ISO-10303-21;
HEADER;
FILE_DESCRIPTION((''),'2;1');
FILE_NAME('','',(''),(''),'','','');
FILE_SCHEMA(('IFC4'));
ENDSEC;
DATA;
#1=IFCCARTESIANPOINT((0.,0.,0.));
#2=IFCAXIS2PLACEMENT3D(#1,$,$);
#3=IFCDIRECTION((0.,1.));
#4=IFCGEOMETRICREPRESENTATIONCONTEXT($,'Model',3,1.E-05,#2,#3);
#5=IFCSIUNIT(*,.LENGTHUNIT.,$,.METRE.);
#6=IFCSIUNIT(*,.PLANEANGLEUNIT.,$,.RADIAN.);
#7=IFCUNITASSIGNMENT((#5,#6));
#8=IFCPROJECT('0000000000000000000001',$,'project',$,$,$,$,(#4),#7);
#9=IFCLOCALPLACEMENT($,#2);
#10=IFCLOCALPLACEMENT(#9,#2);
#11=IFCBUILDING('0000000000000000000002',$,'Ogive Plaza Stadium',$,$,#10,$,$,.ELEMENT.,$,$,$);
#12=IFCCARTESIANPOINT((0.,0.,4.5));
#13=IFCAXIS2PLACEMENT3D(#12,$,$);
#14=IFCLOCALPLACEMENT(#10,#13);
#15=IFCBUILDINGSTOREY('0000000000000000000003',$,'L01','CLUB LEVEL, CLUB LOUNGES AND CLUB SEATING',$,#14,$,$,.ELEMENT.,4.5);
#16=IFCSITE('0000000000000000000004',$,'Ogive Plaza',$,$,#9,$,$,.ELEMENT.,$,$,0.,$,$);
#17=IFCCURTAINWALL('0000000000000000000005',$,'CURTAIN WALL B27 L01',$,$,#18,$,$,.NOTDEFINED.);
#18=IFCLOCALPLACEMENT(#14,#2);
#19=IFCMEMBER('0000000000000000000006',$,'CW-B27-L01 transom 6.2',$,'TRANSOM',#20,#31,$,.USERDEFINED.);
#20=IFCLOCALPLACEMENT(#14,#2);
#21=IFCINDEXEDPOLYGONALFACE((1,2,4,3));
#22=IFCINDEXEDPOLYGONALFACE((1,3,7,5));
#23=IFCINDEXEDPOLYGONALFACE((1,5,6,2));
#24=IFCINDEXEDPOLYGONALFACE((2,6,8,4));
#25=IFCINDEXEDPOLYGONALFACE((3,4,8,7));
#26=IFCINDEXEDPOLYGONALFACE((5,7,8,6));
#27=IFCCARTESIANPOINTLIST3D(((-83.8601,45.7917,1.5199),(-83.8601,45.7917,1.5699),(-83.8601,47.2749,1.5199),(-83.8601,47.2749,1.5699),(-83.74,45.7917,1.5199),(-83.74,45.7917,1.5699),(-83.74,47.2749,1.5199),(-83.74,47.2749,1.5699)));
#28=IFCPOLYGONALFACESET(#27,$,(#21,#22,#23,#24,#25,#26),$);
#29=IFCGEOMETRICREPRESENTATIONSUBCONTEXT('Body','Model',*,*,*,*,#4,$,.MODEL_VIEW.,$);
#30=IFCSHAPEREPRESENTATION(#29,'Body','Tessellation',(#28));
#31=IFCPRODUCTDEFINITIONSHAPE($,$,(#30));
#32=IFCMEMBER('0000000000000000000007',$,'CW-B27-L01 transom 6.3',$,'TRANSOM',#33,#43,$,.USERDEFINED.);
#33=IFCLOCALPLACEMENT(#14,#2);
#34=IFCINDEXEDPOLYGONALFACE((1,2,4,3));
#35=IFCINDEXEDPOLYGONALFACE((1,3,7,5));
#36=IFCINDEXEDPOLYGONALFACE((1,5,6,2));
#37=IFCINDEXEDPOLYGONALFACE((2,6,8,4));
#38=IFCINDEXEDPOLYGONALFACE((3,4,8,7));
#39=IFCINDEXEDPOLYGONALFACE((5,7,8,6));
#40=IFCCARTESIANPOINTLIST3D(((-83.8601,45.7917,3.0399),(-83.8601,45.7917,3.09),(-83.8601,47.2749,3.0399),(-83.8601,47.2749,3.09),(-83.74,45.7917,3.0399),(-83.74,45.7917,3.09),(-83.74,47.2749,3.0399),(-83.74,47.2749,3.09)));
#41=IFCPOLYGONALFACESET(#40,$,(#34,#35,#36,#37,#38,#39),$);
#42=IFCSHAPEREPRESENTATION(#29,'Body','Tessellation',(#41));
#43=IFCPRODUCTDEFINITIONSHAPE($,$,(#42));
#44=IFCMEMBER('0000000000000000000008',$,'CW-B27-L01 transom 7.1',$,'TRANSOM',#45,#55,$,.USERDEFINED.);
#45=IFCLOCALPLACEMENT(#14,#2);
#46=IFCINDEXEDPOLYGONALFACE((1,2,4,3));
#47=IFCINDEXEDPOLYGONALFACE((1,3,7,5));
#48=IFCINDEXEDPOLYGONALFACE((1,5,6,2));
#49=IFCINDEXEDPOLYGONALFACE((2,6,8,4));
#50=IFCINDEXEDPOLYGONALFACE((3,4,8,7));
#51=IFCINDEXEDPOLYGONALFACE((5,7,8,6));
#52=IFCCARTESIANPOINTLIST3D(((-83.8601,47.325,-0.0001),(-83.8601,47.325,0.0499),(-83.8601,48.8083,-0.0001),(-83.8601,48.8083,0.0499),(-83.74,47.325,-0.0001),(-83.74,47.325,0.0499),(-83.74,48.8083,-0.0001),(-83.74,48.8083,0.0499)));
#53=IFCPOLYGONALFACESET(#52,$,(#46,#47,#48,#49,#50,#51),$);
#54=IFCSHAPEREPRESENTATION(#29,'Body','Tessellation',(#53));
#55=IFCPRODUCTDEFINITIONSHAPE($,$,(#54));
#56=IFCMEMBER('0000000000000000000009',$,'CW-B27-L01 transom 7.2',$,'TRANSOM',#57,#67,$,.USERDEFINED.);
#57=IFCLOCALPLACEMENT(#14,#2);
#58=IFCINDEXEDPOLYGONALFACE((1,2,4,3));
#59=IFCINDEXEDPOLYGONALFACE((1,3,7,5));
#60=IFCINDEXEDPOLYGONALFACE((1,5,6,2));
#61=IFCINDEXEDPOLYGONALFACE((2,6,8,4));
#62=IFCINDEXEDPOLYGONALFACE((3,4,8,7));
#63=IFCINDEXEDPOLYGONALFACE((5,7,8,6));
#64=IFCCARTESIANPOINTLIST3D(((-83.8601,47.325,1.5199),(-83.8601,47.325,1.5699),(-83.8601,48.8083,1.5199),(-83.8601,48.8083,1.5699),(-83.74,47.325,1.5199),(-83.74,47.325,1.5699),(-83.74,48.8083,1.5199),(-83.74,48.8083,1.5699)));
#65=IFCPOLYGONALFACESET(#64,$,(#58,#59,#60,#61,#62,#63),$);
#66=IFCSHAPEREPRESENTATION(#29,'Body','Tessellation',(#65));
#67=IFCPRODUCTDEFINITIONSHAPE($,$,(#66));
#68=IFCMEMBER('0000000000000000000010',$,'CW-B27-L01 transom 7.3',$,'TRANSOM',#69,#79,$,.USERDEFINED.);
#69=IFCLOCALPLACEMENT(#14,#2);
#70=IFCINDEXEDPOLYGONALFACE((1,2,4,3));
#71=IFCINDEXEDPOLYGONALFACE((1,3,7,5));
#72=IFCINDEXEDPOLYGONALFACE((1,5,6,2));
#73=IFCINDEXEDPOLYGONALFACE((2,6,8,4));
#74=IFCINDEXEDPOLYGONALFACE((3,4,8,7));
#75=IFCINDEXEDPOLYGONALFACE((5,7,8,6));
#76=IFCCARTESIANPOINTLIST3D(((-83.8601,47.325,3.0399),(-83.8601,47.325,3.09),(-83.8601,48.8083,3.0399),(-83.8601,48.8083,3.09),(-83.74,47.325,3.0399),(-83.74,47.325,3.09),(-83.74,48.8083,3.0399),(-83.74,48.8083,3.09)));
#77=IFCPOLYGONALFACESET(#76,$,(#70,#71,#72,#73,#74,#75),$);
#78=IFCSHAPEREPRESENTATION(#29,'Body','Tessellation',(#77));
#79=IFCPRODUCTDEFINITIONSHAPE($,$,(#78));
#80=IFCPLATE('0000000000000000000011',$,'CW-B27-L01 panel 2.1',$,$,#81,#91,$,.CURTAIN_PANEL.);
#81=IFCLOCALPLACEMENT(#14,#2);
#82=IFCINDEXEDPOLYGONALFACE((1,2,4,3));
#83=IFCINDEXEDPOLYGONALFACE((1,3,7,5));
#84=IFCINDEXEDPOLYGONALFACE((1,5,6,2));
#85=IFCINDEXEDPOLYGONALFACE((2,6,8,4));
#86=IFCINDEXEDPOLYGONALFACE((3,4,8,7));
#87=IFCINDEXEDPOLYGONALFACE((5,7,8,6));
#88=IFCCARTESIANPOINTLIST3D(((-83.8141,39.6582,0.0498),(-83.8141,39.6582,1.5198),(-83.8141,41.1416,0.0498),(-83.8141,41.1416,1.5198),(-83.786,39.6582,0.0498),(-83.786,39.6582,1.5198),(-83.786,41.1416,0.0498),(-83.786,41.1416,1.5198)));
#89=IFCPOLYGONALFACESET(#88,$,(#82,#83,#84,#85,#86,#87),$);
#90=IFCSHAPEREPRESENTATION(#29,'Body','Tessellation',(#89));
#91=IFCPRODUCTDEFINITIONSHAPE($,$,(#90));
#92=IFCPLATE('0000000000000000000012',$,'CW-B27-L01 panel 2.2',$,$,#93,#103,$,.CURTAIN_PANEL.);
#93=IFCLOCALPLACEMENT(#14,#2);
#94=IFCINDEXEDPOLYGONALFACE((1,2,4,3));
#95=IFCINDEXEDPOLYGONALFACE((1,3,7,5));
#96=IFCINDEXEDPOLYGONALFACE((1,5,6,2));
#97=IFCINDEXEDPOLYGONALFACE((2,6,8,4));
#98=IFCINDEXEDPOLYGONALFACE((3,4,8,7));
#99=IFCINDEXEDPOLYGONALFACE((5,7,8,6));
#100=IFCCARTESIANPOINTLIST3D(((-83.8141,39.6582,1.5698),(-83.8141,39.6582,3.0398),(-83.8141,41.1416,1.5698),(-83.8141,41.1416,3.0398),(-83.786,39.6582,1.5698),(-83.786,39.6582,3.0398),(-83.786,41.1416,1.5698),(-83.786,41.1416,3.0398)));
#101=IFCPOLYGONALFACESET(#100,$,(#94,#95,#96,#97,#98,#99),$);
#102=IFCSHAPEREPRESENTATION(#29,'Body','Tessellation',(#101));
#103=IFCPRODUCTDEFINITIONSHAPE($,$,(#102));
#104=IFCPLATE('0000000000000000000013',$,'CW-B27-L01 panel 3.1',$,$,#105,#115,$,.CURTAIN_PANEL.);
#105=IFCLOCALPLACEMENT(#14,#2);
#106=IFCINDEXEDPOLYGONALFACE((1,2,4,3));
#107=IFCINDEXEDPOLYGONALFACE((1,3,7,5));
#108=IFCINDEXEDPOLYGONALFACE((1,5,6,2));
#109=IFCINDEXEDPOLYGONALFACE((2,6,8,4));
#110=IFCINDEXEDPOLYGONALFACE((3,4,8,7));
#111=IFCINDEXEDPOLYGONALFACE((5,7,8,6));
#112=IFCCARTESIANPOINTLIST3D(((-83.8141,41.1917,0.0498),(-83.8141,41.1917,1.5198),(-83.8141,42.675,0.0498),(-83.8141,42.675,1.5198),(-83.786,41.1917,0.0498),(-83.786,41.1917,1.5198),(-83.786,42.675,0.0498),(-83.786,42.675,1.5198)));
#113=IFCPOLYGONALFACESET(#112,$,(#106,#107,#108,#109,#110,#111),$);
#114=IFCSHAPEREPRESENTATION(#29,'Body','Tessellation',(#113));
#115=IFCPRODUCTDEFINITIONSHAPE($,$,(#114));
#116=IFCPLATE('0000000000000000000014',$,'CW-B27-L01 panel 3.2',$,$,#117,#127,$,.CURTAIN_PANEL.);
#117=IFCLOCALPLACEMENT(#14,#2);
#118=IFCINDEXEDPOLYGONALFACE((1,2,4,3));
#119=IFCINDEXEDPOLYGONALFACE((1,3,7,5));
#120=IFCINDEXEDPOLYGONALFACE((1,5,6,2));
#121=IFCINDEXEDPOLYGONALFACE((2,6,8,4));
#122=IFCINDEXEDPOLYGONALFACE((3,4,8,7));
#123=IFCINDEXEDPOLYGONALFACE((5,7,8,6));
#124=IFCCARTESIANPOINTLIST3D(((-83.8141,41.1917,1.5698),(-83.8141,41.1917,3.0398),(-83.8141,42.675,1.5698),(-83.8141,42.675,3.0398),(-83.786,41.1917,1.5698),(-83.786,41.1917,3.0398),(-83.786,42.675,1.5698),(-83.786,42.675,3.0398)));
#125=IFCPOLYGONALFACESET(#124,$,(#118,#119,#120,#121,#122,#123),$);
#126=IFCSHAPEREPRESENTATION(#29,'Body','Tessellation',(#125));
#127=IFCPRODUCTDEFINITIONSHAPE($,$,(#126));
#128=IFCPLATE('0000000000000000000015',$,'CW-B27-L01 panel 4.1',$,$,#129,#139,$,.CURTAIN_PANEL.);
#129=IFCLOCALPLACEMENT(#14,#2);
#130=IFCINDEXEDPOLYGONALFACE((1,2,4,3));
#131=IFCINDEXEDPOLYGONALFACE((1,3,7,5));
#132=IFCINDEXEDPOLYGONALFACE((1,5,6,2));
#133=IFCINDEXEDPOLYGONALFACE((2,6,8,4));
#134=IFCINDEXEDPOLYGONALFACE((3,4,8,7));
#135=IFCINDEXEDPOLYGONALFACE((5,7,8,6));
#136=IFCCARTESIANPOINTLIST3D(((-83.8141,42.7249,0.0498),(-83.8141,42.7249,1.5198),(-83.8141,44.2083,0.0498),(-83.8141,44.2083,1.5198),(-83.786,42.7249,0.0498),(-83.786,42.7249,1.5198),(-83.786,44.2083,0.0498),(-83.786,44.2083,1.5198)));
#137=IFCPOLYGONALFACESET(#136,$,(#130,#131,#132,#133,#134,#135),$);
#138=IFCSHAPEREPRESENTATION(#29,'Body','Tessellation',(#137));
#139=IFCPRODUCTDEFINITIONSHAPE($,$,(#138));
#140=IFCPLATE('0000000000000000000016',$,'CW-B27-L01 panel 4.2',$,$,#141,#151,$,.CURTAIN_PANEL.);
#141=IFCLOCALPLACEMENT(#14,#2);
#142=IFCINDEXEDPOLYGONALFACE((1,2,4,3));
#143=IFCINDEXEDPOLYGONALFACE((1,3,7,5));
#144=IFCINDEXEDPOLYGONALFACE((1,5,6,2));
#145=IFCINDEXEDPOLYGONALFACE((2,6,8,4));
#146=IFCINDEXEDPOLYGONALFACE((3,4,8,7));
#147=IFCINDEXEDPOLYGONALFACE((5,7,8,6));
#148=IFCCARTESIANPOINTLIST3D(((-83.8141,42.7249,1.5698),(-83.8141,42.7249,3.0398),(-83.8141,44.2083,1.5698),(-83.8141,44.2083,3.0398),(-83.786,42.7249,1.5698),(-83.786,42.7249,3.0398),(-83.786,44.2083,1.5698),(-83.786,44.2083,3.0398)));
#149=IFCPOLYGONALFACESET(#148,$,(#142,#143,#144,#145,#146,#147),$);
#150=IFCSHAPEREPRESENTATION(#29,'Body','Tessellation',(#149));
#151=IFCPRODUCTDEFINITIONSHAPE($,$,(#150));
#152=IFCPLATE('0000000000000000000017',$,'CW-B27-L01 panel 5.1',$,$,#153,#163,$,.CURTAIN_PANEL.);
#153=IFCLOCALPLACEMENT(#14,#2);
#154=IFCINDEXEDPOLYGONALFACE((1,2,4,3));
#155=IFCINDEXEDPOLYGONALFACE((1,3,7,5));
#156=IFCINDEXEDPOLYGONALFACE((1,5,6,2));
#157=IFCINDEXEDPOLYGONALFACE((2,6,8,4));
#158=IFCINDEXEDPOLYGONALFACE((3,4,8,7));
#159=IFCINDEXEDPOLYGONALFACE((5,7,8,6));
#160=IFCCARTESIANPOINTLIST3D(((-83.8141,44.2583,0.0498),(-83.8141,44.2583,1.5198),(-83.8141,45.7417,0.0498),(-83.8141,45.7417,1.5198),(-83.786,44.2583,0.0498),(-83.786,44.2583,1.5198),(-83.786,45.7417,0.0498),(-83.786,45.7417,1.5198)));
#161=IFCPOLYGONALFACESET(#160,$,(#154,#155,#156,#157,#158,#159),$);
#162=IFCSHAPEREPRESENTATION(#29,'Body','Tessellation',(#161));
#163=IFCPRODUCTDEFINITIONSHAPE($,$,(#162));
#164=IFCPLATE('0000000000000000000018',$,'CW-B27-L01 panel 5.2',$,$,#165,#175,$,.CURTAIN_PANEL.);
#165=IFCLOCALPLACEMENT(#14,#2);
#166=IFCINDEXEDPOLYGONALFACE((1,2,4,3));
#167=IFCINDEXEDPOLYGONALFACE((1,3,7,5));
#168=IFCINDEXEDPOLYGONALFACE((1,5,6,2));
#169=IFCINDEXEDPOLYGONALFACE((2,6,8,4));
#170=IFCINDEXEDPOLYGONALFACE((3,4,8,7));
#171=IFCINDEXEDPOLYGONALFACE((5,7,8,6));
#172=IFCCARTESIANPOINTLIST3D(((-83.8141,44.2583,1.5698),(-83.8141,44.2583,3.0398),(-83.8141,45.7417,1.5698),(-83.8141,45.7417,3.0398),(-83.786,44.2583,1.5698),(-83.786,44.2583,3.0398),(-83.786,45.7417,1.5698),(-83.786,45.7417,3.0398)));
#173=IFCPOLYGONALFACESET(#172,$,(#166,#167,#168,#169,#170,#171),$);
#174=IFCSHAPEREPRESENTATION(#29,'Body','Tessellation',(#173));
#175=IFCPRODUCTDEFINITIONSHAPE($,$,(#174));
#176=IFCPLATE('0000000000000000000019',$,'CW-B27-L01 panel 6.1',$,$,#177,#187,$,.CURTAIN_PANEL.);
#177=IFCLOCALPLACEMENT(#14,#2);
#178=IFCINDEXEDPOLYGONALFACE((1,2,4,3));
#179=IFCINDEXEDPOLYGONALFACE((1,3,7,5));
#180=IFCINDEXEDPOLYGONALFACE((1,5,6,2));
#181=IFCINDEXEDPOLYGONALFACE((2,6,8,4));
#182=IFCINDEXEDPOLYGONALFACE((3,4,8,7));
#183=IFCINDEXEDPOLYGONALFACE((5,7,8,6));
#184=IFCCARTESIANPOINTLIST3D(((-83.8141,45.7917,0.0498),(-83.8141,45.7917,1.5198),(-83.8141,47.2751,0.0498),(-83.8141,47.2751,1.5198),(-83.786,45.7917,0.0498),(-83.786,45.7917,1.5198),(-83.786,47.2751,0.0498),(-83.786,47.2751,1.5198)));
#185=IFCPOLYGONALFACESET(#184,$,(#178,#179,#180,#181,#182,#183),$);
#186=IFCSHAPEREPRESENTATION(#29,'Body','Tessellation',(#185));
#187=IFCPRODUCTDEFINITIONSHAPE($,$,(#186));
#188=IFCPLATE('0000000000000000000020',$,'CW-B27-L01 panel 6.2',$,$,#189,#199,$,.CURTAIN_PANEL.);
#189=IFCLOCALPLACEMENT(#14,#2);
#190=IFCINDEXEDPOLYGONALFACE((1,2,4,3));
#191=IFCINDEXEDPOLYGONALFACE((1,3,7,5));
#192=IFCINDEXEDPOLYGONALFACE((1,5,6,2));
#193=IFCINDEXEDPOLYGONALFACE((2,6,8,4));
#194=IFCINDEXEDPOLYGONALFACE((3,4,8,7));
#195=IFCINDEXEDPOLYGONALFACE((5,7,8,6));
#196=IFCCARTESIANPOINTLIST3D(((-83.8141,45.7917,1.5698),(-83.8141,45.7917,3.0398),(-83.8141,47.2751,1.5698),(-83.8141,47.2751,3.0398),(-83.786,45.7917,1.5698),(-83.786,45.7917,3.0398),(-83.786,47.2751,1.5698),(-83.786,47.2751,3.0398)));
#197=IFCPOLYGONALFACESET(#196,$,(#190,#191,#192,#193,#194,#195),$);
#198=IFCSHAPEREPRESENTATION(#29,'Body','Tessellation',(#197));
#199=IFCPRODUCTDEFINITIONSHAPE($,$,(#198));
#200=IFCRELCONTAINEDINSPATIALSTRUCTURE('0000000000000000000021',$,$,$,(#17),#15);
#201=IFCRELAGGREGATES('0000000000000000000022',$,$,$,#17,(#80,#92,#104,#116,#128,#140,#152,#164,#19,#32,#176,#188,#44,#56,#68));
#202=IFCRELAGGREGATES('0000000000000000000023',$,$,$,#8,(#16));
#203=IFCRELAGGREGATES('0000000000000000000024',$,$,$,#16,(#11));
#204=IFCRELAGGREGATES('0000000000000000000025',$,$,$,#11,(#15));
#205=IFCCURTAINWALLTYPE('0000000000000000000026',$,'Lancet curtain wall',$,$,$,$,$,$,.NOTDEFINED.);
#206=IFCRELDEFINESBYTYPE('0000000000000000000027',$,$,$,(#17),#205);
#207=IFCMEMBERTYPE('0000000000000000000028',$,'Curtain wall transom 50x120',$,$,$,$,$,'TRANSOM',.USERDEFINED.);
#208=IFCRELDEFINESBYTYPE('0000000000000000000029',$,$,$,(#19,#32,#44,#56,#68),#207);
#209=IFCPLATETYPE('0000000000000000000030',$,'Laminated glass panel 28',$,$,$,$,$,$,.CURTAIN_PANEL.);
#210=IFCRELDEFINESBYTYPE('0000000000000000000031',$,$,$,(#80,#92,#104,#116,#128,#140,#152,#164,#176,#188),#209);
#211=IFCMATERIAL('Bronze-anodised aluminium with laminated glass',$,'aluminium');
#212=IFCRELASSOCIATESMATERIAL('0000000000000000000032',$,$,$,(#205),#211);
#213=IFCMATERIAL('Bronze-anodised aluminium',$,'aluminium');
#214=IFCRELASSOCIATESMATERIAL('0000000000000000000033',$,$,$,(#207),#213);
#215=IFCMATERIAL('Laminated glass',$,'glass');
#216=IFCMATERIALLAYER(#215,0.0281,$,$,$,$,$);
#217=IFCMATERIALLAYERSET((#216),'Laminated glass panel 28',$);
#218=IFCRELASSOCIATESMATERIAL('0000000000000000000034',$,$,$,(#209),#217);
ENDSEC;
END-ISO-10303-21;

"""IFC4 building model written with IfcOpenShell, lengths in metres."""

from ifc_helpers import new_model, si_unit, direction, frame, origin, origin_2d, place, context, subcontext, project, spatial, rectangle, extrude, material, layer, layer_set, material_profile, profile_set, type_object, element, aggregate, save


model = new_model("IFC4")

# Units and contexts
model_context = context("Model", 3, precision=1e-05, world=origin(), true_north=direction((0.0, 1.0)))
body_context = subcontext(model_context, "Body", "Model", "MODEL_VIEW")
ifc_project = project(units=[si_unit("LENGTHUNIT", "METRE"), si_unit("PLANEANGLEUNIT", "RADIAN")], contexts=[model_context])

# Site, building, storey
site_placement = place(None, origin())
site = spatial("IfcSite", under=ifc_project, at=site_placement, Name="Ogive Plaza", CompositionType="ELEMENT", RefElevation=0.0)
building_placement = place(site_placement, origin())
building = spatial("IfcBuilding", under=site, at=building_placement, Name="Ogive Plaza Stadium", CompositionType="ELEMENT")
storey_placement = place(building_placement, frame((0.0, 0.0, 4.5)))
storey = spatial("IfcBuildingStorey", under=building, at=storey_placement, Name="L01", Description="CLUB LEVEL, CLUB LOUNGES AND CLUB SEATING", CompositionType="ELEMENT", Elevation=4.5)

# Curtain wall, members, plates
ifc_material_1 = material(Name="Bronze-anodised aluminium with laminated glass", Category="aluminium")
curtain_wall_type = type_object("IfcCurtainWallType", Name="Lancet curtain wall", PredefinedType="NOTDEFINED", material=ifc_material_1)
curtain_wall_placement = place(storey_placement, origin())
curtain_wall = element("IfcCurtainWall", 1, at=curtain_wall_placement, inside=storey, type_object=curtain_wall_type, Name="CURTAIN WALL B27 L01", PredefinedType="NOTDEFINED")
ifc_material_2 = material(Name="Bronze-anodised aluminium", Category="aluminium")
ifc_material_profile_1 = material_profile(ifc_material_2, rectangle(XDim=0.1201, YDim=0.05, at=origin_2d()), Name="AL 120x50")
ifc_profile_set_1 = profile_set([ifc_material_profile_1], Name="Bronze-anodised aluminium")
member_type_1 = type_object("IfcMemberType", Name="Curtain wall transom 50x120", ElementType="TRANSOM", PredefinedType="USERDEFINED", material=ifc_profile_set_1)
member_1_placement = place(storey_placement, frame((-83.8, 45.7917, 1.5449), z_axis=(0.0, 1.0, 0.0), x_axis=(-1.0, 0.0, 0.0)))
member_1 = element("IfcMember", 2, at=member_1_placement, type_object=member_type_1, Name="CW-B27-L01 transom 6.2", ObjectType="TRANSOM", PredefinedType="USERDEFINED", context=body_context, shape_type="SweptSolid", body=[
    extrude(rectangle(XDim=0.1201, YDim=0.05, at=origin_2d()), origin(), (0.0, 0.0, 1.0), 1.4832),
])
member_2_placement = place(storey_placement, frame((-83.8, 45.7917, 3.0649), z_axis=(0.0, 1.0, 0.0), x_axis=(-1.0, 0.0, 0.0)))
member_2 = element("IfcMember", 3, at=member_2_placement, type_object=member_type_1, Name="CW-B27-L01 transom 6.3", ObjectType="TRANSOM", PredefinedType="USERDEFINED", context=body_context, shape_type="SweptSolid", body=[
    extrude(rectangle(XDim=0.1201, YDim=0.05, at=origin_2d()), origin(), (0.0, 0.0, 1.0), 1.4832),
])
member_3_placement = place(storey_placement, frame((-83.8, 47.325, 0.0249), z_axis=(0.0, 1.0, 0.0), x_axis=(-1.0, 0.0, 0.0)))
member_3 = element("IfcMember", 4, at=member_3_placement, type_object=member_type_1, Name="CW-B27-L01 transom 7.1", ObjectType="TRANSOM", PredefinedType="USERDEFINED", context=body_context, shape_type="SweptSolid", body=[
    extrude(rectangle(XDim=0.1201, YDim=0.05, at=origin_2d()), origin(), (0.0, 0.0, 1.0), 1.4834),
])
member_4_placement = place(storey_placement, frame((-83.8, 47.325, 1.5449), z_axis=(0.0, 1.0, 0.0), x_axis=(-1.0, 0.0, 0.0)))
member_4 = element("IfcMember", 5, at=member_4_placement, type_object=member_type_1, Name="CW-B27-L01 transom 7.2", ObjectType="TRANSOM", PredefinedType="USERDEFINED", context=body_context, shape_type="SweptSolid", body=[
    extrude(rectangle(XDim=0.1201, YDim=0.05, at=origin_2d()), origin(), (0.0, 0.0, 1.0), 1.4834),
])
member_5_placement = place(storey_placement, frame((-83.8, 47.325, 3.0649), z_axis=(0.0, 1.0, 0.0), x_axis=(-1.0, 0.0, 0.0)))
member_5 = element("IfcMember", 6, at=member_5_placement, type_object=member_type_1, Name="CW-B27-L01 transom 7.3", ObjectType="TRANSOM", PredefinedType="USERDEFINED", context=body_context, shape_type="SweptSolid", body=[
    extrude(rectangle(XDim=0.1201, YDim=0.05, at=origin_2d()), origin(), (0.0, 0.0, 1.0), 1.4834),
])
ifc_material_3 = material(Name="Laminated glass", Category="glass")
ifc_layer_1 = layer(ifc_material_3, 0.0281)
ifc_layer_set_1 = layer_set([ifc_layer_1], Name="Laminated glass panel 28")
plate_type = type_object("IfcPlateType", Name="Laminated glass panel 28", PredefinedType="CURTAIN_PANEL", material=ifc_layer_set_1)
plate_1_placement = place(storey_placement, frame((-83.8, 40.3999, 0.0498), z_axis=(0.0, 0.0, 1.0), x_axis=(0.0, 1.0, 0.0)))
plate_1 = element("IfcPlate", 7, at=plate_1_placement, type_object=plate_type, Name="CW-B27-L01 panel 2.1", PredefinedType="CURTAIN_PANEL", context=body_context, shape_type="SweptSolid", body=[
    extrude(rectangle(XDim=1.4834, YDim=0.0281, at=origin_2d()), origin(), (0.0, 0.0, 1.0), 1.47),
])
plate_2_placement = place(storey_placement, frame((-83.8, 40.3999, 1.5698), z_axis=(0.0, 0.0, 1.0), x_axis=(0.0, 1.0, 0.0)))
plate_2 = element("IfcPlate", 8, at=plate_2_placement, type_object=plate_type, Name="CW-B27-L01 panel 2.2", PredefinedType="CURTAIN_PANEL", context=body_context, shape_type="SweptSolid", body=[
    extrude(rectangle(XDim=1.4834, YDim=0.0281, at=origin_2d()), origin(), (0.0, 0.0, 1.0), 1.47),
])
plate_3_placement = place(storey_placement, frame((-83.8, 41.9333, 0.0498), z_axis=(0.0, 0.0, 1.0), x_axis=(0.0, 1.0, 0.0)))
plate_3 = element("IfcPlate", 9, at=plate_3_placement, type_object=plate_type, Name="CW-B27-L01 panel 3.1", PredefinedType="CURTAIN_PANEL", context=body_context, shape_type="SweptSolid", body=[
    extrude(rectangle(XDim=1.4834, YDim=0.0281, at=origin_2d()), origin(), (0.0, 0.0, 1.0), 1.47),
])
plate_4_placement = place(storey_placement, frame((-83.8, 41.9333, 1.5698), z_axis=(0.0, 0.0, 1.0), x_axis=(0.0, 1.0, 0.0)))
plate_4 = element("IfcPlate", 10, at=plate_4_placement, type_object=plate_type, Name="CW-B27-L01 panel 3.2", PredefinedType="CURTAIN_PANEL", context=body_context, shape_type="SweptSolid", body=[
    extrude(rectangle(XDim=1.4834, YDim=0.0281, at=origin_2d()), origin(), (0.0, 0.0, 1.0), 1.47),
])
plate_5_placement = place(storey_placement, frame((-83.8, 43.4666, 0.0498), z_axis=(0.0, 0.0, 1.0), x_axis=(0.0, 1.0, 0.0)))
plate_5 = element("IfcPlate", 11, at=plate_5_placement, type_object=plate_type, Name="CW-B27-L01 panel 4.1", PredefinedType="CURTAIN_PANEL", context=body_context, shape_type="SweptSolid", body=[
    extrude(rectangle(XDim=1.4834, YDim=0.0281, at=origin_2d()), origin(), (0.0, 0.0, 1.0), 1.47),
])
plate_6_placement = place(storey_placement, frame((-83.8, 43.4666, 1.5698), z_axis=(0.0, 0.0, 1.0), x_axis=(0.0, 1.0, 0.0)))
plate_6 = element("IfcPlate", 12, at=plate_6_placement, type_object=plate_type, Name="CW-B27-L01 panel 4.2", PredefinedType="CURTAIN_PANEL", context=body_context, shape_type="SweptSolid", body=[
    extrude(rectangle(XDim=1.4834, YDim=0.0281, at=origin_2d()), origin(), (0.0, 0.0, 1.0), 1.47),
])
plate_7_placement = place(storey_placement, frame((-83.8, 45.0, 0.0498), z_axis=(0.0, 0.0, 1.0), x_axis=(0.0, 1.0, 0.0)))
plate_7 = element("IfcPlate", 13, at=plate_7_placement, type_object=plate_type, Name="CW-B27-L01 panel 5.1", PredefinedType="CURTAIN_PANEL", context=body_context, shape_type="SweptSolid", body=[
    extrude(rectangle(XDim=1.4834, YDim=0.0281, at=origin_2d()), origin(), (0.0, 0.0, 1.0), 1.47),
])
plate_8_placement = place(storey_placement, frame((-83.8, 45.0, 1.5698), z_axis=(0.0, 0.0, 1.0), x_axis=(0.0, 1.0, 0.0)))
plate_8 = element("IfcPlate", 14, at=plate_8_placement, type_object=plate_type, Name="CW-B27-L01 panel 5.2", PredefinedType="CURTAIN_PANEL", context=body_context, shape_type="SweptSolid", body=[
    extrude(rectangle(XDim=1.4834, YDim=0.0281, at=origin_2d()), origin(), (0.0, 0.0, 1.0), 1.47),
])
plate_9_placement = place(storey_placement, frame((-83.8, 46.5334, 0.0498), z_axis=(0.0, 0.0, 1.0), x_axis=(0.0, 1.0, 0.0)))
plate_9 = element("IfcPlate", 15, at=plate_9_placement, type_object=plate_type, Name="CW-B27-L01 panel 6.1", PredefinedType="CURTAIN_PANEL", context=body_context, shape_type="SweptSolid", body=[
    extrude(rectangle(XDim=1.4834, YDim=0.0281, at=origin_2d()), origin(), (0.0, 0.0, 1.0), 1.47),
])
plate_10_placement = place(storey_placement, frame((-83.8, 46.5334, 1.5698), z_axis=(0.0, 0.0, 1.0), x_axis=(0.0, 1.0, 0.0)))
plate_10 = element("IfcPlate", 16, at=plate_10_placement, type_object=plate_type, Name="CW-B27-L01 panel 6.2", PredefinedType="CURTAIN_PANEL", context=body_context, shape_type="SweptSolid", body=[
    extrude(rectangle(XDim=1.4834, YDim=0.0281, at=origin_2d()), origin(), (0.0, 0.0, 1.0), 1.47),
])
aggregate(curtain_wall, [plate_1, plate_2, plate_3, plate_4, plate_5, plate_6, plate_7, plate_8, member_1, member_2, plate_9, plate_10, member_3, member_4, member_5])

save(model, "model.ifc")
